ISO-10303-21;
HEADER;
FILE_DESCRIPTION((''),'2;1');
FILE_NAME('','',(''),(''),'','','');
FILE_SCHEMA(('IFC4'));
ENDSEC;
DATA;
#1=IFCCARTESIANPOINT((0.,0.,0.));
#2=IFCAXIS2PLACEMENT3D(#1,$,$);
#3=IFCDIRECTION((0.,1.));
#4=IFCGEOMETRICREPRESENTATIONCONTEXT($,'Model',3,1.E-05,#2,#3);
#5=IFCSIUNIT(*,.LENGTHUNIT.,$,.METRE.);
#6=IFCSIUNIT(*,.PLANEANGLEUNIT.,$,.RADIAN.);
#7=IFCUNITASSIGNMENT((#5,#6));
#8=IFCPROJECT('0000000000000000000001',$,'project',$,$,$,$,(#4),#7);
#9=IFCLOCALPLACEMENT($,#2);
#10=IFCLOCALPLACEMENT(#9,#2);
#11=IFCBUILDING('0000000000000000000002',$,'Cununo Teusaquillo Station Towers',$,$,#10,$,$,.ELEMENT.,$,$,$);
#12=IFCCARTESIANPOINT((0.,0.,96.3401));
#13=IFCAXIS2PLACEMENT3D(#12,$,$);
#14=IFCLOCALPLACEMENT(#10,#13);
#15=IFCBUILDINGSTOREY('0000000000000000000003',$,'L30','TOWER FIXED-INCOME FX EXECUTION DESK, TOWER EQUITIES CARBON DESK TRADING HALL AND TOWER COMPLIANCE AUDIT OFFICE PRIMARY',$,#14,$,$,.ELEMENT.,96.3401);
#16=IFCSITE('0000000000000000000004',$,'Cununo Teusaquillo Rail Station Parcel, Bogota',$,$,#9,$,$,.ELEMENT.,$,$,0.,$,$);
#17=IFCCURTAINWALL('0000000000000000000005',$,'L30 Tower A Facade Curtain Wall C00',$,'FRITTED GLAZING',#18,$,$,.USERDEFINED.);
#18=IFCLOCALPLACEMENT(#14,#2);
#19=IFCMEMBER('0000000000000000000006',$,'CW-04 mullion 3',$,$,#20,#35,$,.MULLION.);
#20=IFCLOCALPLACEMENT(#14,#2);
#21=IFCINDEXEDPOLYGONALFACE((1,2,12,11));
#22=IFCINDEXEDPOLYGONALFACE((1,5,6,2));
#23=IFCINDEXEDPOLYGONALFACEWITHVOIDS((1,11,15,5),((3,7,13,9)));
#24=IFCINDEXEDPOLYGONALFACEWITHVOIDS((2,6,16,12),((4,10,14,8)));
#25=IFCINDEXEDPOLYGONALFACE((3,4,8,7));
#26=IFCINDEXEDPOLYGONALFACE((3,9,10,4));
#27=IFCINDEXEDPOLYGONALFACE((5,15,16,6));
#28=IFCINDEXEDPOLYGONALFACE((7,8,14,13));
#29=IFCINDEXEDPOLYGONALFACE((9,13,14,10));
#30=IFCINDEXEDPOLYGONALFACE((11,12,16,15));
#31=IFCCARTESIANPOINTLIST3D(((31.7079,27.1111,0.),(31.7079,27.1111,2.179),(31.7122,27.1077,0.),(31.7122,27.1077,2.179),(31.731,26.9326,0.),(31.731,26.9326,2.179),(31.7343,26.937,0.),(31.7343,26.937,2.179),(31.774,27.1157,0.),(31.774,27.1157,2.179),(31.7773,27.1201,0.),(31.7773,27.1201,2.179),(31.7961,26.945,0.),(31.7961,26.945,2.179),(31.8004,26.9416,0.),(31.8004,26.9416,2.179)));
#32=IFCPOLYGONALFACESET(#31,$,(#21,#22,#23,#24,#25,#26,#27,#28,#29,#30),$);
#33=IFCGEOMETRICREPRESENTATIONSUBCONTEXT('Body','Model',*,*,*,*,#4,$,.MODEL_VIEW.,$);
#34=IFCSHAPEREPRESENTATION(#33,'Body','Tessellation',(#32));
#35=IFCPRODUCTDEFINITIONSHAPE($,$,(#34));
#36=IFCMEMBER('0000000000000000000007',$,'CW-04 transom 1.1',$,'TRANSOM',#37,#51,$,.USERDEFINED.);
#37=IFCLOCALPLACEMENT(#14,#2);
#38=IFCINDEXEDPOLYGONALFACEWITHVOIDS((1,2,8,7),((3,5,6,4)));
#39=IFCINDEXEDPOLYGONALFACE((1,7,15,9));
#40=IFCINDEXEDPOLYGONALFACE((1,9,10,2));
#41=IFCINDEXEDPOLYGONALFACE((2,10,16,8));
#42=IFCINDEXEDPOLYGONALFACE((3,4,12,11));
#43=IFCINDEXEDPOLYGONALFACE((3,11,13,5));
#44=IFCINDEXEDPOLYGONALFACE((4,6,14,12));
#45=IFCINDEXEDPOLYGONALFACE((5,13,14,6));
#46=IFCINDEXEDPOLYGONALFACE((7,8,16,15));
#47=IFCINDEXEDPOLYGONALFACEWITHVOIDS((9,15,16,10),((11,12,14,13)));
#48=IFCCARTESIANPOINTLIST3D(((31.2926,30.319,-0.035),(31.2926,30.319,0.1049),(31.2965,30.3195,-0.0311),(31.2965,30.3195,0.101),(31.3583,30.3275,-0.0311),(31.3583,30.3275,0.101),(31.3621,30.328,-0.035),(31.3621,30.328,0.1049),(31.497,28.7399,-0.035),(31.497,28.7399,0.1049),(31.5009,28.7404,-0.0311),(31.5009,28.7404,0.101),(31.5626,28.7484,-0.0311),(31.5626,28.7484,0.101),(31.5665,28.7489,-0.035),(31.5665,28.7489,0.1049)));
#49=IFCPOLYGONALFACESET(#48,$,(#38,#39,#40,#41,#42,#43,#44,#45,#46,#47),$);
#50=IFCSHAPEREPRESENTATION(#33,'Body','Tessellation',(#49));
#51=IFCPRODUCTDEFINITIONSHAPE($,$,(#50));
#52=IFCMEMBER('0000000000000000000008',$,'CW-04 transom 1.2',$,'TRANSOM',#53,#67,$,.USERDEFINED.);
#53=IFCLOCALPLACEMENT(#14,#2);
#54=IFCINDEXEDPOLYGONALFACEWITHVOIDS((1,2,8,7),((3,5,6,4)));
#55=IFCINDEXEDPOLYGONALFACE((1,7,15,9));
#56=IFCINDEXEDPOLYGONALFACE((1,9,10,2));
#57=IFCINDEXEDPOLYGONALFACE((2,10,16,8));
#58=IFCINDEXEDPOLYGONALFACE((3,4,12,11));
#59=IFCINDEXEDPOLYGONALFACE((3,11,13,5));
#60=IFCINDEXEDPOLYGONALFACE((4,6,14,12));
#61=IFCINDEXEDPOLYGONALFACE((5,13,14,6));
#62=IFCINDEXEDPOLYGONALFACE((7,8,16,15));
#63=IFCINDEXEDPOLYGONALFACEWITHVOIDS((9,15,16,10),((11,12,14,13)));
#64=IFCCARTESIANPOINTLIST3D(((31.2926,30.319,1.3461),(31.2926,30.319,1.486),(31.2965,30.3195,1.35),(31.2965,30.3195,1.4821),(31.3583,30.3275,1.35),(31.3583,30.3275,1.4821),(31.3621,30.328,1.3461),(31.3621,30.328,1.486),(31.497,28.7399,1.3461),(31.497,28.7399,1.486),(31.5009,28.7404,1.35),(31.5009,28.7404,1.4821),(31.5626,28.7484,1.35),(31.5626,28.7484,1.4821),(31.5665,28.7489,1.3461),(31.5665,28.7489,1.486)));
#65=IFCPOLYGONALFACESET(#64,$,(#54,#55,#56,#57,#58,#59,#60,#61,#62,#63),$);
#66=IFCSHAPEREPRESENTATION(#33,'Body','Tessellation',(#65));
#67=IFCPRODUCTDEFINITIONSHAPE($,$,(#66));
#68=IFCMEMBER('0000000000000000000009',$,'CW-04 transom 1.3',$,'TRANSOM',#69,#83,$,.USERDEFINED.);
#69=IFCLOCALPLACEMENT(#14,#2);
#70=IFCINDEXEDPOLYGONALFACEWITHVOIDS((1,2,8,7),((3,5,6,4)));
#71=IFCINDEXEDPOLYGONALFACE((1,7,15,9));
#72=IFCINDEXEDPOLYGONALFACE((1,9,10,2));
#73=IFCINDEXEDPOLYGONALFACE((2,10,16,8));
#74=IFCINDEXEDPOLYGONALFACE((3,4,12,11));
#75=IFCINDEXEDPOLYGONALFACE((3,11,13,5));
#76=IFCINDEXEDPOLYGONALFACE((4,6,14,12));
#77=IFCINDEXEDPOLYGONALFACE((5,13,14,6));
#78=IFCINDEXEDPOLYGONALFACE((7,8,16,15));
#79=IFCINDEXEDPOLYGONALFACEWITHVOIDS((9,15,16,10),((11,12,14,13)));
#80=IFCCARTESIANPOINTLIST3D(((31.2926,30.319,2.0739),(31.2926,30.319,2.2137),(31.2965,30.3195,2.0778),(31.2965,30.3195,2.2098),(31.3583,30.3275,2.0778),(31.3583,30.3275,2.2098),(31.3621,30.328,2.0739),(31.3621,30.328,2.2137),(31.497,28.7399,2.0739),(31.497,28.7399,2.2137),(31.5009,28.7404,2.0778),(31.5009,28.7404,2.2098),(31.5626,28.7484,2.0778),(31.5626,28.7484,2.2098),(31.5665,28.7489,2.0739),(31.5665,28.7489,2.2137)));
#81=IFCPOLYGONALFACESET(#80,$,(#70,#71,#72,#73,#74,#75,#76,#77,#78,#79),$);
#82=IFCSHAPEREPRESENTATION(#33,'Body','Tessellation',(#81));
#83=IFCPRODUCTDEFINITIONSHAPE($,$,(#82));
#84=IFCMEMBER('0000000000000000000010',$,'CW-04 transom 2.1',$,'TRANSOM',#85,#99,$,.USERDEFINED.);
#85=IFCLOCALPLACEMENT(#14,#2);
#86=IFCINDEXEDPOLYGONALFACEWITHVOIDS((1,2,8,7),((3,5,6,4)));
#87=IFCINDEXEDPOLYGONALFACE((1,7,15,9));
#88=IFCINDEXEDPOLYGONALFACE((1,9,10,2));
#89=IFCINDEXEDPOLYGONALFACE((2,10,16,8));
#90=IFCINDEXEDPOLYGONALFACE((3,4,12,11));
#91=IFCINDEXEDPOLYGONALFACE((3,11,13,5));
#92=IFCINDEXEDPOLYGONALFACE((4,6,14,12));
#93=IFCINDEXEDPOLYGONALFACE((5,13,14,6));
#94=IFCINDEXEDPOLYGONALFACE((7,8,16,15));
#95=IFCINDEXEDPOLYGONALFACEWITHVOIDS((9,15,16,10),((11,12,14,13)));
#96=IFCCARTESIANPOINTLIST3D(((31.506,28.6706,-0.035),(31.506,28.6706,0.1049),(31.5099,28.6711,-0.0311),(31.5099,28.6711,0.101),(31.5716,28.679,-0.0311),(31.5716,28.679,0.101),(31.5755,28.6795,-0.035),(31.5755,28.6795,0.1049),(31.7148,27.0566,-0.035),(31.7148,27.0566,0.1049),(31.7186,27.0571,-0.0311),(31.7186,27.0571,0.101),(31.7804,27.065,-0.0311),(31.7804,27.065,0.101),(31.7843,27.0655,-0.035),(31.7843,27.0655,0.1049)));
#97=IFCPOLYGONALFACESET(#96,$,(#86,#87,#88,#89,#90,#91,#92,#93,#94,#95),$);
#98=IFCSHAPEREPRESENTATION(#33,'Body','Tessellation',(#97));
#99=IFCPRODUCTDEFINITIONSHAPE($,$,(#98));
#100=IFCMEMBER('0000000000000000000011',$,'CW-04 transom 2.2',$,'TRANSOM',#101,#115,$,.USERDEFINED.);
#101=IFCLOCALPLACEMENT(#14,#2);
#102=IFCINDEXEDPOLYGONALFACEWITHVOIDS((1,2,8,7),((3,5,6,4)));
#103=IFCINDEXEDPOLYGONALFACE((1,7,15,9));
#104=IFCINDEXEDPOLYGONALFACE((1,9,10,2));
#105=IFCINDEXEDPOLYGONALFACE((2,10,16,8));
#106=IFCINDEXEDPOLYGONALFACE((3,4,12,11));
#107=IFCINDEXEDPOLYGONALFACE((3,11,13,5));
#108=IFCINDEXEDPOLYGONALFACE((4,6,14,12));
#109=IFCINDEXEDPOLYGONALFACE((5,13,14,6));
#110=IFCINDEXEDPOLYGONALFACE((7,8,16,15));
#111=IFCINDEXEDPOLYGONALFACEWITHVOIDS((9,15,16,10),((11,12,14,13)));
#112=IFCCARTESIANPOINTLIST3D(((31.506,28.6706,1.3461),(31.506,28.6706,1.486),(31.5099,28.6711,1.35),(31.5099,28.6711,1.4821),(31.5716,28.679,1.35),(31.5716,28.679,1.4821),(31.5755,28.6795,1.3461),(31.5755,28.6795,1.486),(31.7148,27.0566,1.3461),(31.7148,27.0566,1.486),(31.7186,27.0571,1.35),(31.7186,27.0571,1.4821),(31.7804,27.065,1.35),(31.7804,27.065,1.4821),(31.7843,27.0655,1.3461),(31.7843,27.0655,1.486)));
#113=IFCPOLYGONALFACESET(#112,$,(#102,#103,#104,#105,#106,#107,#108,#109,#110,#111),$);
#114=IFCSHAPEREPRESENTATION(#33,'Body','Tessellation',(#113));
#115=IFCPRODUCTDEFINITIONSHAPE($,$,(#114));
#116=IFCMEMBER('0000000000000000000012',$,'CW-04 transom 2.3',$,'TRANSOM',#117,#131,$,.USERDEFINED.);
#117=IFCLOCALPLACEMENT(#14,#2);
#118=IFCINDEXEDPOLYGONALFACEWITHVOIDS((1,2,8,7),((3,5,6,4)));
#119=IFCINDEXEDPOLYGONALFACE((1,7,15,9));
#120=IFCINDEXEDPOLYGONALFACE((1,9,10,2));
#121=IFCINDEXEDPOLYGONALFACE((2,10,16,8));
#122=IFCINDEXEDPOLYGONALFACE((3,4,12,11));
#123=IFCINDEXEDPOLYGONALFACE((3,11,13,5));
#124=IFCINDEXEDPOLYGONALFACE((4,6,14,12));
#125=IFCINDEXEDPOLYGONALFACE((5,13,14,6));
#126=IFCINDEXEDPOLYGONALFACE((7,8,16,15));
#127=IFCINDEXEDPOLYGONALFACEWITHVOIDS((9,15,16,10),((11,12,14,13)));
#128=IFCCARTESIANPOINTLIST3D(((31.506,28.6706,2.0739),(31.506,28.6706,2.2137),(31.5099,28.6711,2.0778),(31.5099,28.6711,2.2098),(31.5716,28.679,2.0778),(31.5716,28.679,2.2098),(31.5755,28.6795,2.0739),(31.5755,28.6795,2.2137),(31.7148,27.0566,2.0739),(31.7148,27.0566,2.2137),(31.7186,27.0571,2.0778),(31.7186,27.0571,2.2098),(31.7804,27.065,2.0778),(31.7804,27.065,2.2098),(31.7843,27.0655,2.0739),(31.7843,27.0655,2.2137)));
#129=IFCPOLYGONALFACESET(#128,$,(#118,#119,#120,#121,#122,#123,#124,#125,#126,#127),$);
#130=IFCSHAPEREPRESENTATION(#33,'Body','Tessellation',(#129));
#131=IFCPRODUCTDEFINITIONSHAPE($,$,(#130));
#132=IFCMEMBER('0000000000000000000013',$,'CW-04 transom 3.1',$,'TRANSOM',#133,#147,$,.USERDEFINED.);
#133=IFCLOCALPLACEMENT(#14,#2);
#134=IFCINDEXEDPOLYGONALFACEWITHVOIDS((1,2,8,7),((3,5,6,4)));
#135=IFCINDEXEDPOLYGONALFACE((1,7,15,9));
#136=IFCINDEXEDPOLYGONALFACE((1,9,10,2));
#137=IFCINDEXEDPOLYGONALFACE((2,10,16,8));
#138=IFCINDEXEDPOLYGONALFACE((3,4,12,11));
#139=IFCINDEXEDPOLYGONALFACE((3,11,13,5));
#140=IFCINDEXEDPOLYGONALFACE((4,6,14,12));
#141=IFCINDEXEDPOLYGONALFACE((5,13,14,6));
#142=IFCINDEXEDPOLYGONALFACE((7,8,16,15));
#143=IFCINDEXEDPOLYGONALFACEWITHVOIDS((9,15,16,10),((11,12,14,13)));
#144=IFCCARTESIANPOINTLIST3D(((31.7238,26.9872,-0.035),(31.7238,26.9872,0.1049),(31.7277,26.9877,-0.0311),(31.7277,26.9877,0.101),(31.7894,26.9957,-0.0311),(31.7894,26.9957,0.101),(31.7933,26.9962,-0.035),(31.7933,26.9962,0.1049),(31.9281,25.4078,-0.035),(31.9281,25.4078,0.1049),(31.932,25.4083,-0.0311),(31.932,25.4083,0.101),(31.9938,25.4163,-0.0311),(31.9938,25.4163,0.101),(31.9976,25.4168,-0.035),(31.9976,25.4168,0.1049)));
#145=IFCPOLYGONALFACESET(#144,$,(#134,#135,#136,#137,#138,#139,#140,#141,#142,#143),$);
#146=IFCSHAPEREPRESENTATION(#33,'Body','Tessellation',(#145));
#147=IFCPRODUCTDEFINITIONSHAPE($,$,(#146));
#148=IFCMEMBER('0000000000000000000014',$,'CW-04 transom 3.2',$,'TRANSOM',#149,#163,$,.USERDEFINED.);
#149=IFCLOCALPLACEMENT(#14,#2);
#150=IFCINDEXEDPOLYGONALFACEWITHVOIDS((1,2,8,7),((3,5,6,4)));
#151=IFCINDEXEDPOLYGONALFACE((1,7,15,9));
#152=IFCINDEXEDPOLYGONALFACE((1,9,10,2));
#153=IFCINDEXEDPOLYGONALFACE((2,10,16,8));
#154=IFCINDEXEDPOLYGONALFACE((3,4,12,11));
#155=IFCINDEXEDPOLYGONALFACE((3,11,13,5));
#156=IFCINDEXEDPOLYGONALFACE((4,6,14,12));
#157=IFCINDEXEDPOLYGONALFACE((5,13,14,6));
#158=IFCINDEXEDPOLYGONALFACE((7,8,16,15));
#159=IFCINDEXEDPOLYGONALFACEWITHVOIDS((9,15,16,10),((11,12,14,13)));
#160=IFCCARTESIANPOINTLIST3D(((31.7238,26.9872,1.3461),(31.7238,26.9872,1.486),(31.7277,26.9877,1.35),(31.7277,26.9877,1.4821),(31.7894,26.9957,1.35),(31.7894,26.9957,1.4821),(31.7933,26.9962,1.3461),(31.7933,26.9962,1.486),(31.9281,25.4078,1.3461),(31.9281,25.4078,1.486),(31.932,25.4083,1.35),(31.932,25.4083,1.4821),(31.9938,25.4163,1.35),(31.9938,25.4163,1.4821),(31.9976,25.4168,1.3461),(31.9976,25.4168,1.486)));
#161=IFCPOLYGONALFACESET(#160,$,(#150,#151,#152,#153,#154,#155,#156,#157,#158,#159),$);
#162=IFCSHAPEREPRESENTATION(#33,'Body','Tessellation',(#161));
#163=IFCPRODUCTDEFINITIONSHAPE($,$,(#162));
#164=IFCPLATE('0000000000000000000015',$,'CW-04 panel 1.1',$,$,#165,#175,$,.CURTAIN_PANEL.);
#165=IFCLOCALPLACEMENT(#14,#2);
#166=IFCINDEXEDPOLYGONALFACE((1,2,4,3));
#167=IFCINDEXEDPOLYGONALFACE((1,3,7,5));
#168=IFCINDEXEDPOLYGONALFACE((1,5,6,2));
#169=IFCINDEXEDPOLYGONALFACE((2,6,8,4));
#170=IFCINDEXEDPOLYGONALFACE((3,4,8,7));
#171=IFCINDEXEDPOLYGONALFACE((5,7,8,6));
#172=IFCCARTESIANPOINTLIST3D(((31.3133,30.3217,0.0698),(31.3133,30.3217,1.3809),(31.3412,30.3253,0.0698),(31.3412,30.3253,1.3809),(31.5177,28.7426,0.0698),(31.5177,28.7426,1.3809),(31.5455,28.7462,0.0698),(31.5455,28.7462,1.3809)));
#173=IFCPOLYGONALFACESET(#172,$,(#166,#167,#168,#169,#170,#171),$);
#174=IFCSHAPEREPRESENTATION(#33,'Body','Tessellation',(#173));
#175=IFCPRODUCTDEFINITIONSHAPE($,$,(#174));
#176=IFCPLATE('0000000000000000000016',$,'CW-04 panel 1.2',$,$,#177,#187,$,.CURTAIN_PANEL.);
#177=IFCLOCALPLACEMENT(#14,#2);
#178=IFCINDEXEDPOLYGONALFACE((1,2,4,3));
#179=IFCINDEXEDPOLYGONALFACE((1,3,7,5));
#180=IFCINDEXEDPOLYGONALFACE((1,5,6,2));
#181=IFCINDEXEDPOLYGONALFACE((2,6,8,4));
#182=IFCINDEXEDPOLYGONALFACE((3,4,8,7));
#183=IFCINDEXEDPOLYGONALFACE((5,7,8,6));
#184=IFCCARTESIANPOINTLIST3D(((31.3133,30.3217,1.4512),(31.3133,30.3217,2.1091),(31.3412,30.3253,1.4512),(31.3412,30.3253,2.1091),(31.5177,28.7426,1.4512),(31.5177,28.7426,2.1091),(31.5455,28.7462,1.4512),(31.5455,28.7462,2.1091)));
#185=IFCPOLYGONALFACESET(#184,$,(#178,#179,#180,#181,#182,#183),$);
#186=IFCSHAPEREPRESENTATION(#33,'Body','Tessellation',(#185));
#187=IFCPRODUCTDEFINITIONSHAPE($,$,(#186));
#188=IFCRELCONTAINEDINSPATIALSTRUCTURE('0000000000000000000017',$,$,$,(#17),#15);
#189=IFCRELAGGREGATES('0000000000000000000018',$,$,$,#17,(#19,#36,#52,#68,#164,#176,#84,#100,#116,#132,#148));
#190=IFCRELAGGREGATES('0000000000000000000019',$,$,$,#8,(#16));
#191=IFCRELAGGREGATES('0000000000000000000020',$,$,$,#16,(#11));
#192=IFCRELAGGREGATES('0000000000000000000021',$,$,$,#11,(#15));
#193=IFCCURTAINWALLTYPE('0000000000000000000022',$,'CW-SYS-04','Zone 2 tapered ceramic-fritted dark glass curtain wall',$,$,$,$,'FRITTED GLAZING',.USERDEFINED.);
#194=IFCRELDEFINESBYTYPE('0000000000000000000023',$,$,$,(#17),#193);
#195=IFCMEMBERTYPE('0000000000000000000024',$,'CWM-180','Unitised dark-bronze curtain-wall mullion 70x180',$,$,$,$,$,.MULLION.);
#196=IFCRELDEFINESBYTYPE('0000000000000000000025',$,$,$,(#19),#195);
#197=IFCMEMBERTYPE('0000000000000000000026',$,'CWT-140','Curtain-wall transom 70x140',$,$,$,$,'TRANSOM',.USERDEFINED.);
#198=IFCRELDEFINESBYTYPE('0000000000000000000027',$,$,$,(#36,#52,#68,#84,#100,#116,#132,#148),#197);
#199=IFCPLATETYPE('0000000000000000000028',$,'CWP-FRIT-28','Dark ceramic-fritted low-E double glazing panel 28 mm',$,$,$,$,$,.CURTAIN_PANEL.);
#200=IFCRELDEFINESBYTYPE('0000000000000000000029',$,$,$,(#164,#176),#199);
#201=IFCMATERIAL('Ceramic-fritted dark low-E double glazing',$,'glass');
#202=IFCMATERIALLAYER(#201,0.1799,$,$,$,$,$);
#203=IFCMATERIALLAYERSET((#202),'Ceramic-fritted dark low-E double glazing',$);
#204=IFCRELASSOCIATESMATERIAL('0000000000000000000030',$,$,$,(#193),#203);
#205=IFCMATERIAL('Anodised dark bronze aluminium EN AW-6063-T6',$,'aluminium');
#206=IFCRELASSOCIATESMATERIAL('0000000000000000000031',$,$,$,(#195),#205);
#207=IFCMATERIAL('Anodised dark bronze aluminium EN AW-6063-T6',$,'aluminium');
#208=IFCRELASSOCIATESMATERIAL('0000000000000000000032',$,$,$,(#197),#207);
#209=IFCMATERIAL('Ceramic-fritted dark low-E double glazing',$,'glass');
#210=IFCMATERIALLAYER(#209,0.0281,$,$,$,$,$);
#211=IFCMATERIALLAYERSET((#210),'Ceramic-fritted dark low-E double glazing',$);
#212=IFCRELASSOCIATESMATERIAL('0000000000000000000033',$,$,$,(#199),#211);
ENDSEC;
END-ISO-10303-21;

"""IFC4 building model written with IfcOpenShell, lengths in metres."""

from ifc_helpers import new_model, si_unit, direction, frame, origin, origin_2d, place, context, subcontext, project, spatial, rectangle, hollow_rectangle, extrude, source, transform, mapped, material, layer, layer_set, material_profile, profile_set, type_object, element, aggregate, save


model = new_model("IFC4")

# Units and contexts
model_context = context("Model", 3, precision=1e-05, world=origin(), true_north=direction((0.0, 1.0)))
body_context = subcontext(model_context, "Body", "Model", "MODEL_VIEW")
ifc_project = project(units=[si_unit("LENGTHUNIT", "METRE"), si_unit("PLANEANGLEUNIT", "RADIAN")], contexts=[model_context])

# Site, building, storey
site_placement = place(None, origin())
site = spatial("IfcSite", under=ifc_project, at=site_placement, Name="Cununo Teusaquillo Rail Station Parcel, Bogota", CompositionType="ELEMENT", RefElevation=0.0)
building_placement = place(site_placement, origin())
building = spatial("IfcBuilding", under=site, at=building_placement, Name="Cununo Teusaquillo Station Towers", CompositionType="ELEMENT")
storey_placement = place(building_placement, frame((0.0, 0.0, 96.3401)))
storey = spatial("IfcBuildingStorey", under=building, at=storey_placement, Name="L30", Description="TOWER FIXED-INCOME FX EXECUTION DESK, TOWER EQUITIES CARBON DESK TRADING HALL AND TOWER COMPLIANCE AUDIT OFFICE PRIMARY", CompositionType="ELEMENT", Elevation=96.3401)

# Curtain wall, members, plates
ifc_material_1 = material(Name="Ceramic-fritted dark low-E double glazing", Category="glass")
ifc_layer_1 = layer(ifc_material_1, 0.1799)
ifc_layer_set_1 = layer_set([ifc_layer_1], Name="Ceramic-fritted dark low-E double glazing")
curtain_wall_type = type_object("IfcCurtainWallType", Name="CW-SYS-04", Description="Zone 2 tapered ceramic-fritted dark glass curtain wall", ElementType="FRITTED GLAZING", PredefinedType="USERDEFINED", material=ifc_layer_set_1)
curtain_wall_placement = place(storey_placement, origin())
curtain_wall = element("IfcCurtainWall", 1, at=curtain_wall_placement, inside=storey, type_object=curtain_wall_type, Name="L30 Tower A Facade Curtain Wall C00", ObjectType="FRITTED GLAZING", PredefinedType="USERDEFINED")
ifc_material_2 = material(Name="Anodised dark bronze aluminium EN AW-6063-T6", Category="aluminium")
ifc_material_profile_1 = material_profile(ifc_material_2, hollow_rectangle(XDim=0.0701, YDim=0.1799, WallThickness=0.0039, at=origin_2d()), Name="CW-MULL-70x180")
ifc_profile_set_1 = profile_set([ifc_material_profile_1], Name="Anodised dark bronze aluminium EN AW-6063-T6")
member_type_1 = type_object("IfcMemberType", Name="CWM-180", Description="Unitised dark-bronze curtain-wall mullion 70x180", PredefinedType="MULLION", material=ifc_profile_set_1)
member_1_placement = place(storey_placement, frame((31.7542, 27.0264, 0.0), z_axis=(0.0, 0.0, 1.0), x_axis=(0.991731, 0.128336, 0.0)))
member_1 = element("IfcMember", 2, at=member_1_placement, type_object=member_type_1, Name="CW-04 mullion 3", PredefinedType="MULLION", context=body_context, shape_type="SweptSolid", body=[
    extrude(hollow_rectangle(XDim=0.0701, YDim=0.1799, WallThickness=0.0039, at=origin_2d()), origin(), (0.0, 0.0, 1.0), 2.179),
])
ifc_material_3 = material(Name="Anodised dark bronze aluminium EN AW-6063-T6", Category="aluminium")
ifc_material_profile_2 = material_profile(ifc_material_3, hollow_rectangle(XDim=0.0701, YDim=0.1399, WallThickness=0.0039, at=origin_2d()), Name="CW-TRAN-70x140")
ifc_profile_set_2 = profile_set([ifc_material_profile_2], Name="Anodised dark bronze aluminium EN AW-6063-T6")
member_type_2 = type_object("IfcMemberType", Name="CWT-140", Description="Curtain-wall transom 70x140", ElementType="TRANSOM", PredefinedType="USERDEFINED", material=ifc_profile_set_2)
member_2_placement = place(storey_placement, frame((31.3274, 30.3235, 0.0349), z_axis=(0.128336, -0.991731, 0.0), x_axis=(0.991731, 0.128336, 0.0)))
member_2 = element("IfcMember", 3, at=member_2_placement, type_object=member_type_2, Name="CW-04 transom 1.1", ObjectType="TRANSOM", PredefinedType="USERDEFINED", context=body_context, shape_type="SweptSolid", body=[
    extrude(hollow_rectangle(XDim=0.0701, YDim=0.1399, WallThickness=0.0039, at=origin_2d()), origin(), (0.0, 0.0, 1.0), 1.5923),
])
member_3_placement = place(storey_placement, frame((31.3274, 30.3235, 1.416), z_axis=(0.128336, -0.991731, 0.0), x_axis=(0.991731, 0.128336, 0.0)))
member_3 = element("IfcMember", 4, at=member_3_placement, type_object=member_type_2, Name="CW-04 transom 1.2", ObjectType="TRANSOM", PredefinedType="USERDEFINED", context=body_context, shape_type="SweptSolid", body=[
    extrude(hollow_rectangle(XDim=0.0701, YDim=0.1399, WallThickness=0.0039, at=origin_2d()), origin(), (0.0, 0.0, 1.0), 1.5923),
])
member_4_placement = place(storey_placement, frame((31.3274, 30.3235, 2.1438), z_axis=(0.128336, -0.991731, 0.0), x_axis=(0.991731, 0.128336, 0.0)))
member_4 = element("IfcMember", 5, at=member_4_placement, type_object=member_type_2, Name="CW-04 transom 1.3", ObjectType="TRANSOM", PredefinedType="USERDEFINED", context=body_context, shape_type="SweptSolid", body=[
    extrude(hollow_rectangle(XDim=0.0701, YDim=0.1399, WallThickness=0.0039, at=origin_2d()), origin(), (0.0, 0.0, 1.0), 1.5923),
])
member_5_placement = place(storey_placement, frame((31.5408, 28.675, 0.0349), z_axis=(0.128262, -0.99174, 0.0), x_axis=(0.99174, 0.128262, 0.0)))
member_5 = element("IfcMember", 6, at=member_5_placement, type_object=member_type_2, Name="CW-04 transom 2.1", ObjectType="TRANSOM", PredefinedType="USERDEFINED", context=body_context, shape_type="SweptSolid", body=[
    extrude(hollow_rectangle(XDim=0.0701, YDim=0.1399, WallThickness=0.0039, at=origin_2d()), origin(), (0.0, 0.0, 1.0), 1.6274),
])
member_6_placement = place(storey_placement, frame((31.5408, 28.675, 1.416), z_axis=(0.128262, -0.99174, 0.0), x_axis=(0.99174, 0.128262, 0.0)))
member_6 = element("IfcMember", 7, at=member_6_placement, type_object=member_type_2, Name="CW-04 transom 2.2", ObjectType="TRANSOM", PredefinedType="USERDEFINED", context=body_context, shape_type="SweptSolid", body=[
    extrude(hollow_rectangle(XDim=0.0701, YDim=0.1399, WallThickness=0.0039, at=origin_2d()), origin(), (0.0, 0.0, 1.0), 1.6274),
])
member_7_placement = place(storey_placement, frame((31.5408, 28.675, 2.1438), z_axis=(0.128262, -0.99174, 0.0), x_axis=(0.99174, 0.128262, 0.0)))
member_7 = element("IfcMember", 8, at=member_7_placement, type_object=member_type_2, Name="CW-04 transom 2.3", ObjectType="TRANSOM", PredefinedType="USERDEFINED", context=body_context, shape_type="SweptSolid", body=[
    extrude(hollow_rectangle(XDim=0.0701, YDim=0.1399, WallThickness=0.0039, at=origin_2d()), origin(), (0.0, 0.0, 1.0), 1.6274),
])
member_8_placement = place(storey_placement, frame((31.7585, 26.9917, 0.0349), z_axis=(0.128317, -0.991733, 0.0), x_axis=(0.991733, 0.128317, 0.0)))
member_8 = element("IfcMember", 9, at=member_8_placement, type_object=member_type_2, Name="CW-04 transom 3.1", ObjectType="TRANSOM", PredefinedType="USERDEFINED", context=body_context, shape_type="SweptSolid", body=[
    extrude(hollow_rectangle(XDim=0.0701, YDim=0.1399, WallThickness=0.0039, at=origin_2d()), origin(), (0.0, 0.0, 1.0), 1.5925),
])
member_9_placement = place(storey_placement, frame((31.7585, 26.9917, 1.416), z_axis=(0.128317, -0.991733, 0.0), x_axis=(0.991733, 0.128317, 0.0)))
member_9 = element("IfcMember", 10, at=member_9_placement, type_object=member_type_2, Name="CW-04 transom 3.2", ObjectType="TRANSOM", PredefinedType="USERDEFINED", context=body_context, shape_type="SweptSolid", body=[
    extrude(hollow_rectangle(XDim=0.0701, YDim=0.1399, WallThickness=0.0039, at=origin_2d()), origin(), (0.0, 0.0, 1.0), 1.5925),
])
ifc_material_4 = material(Name="Ceramic-fritted dark low-E double glazing", Category="glass")
ifc_layer_2 = layer(ifc_material_4, 0.0281)
ifc_layer_set_2 = layer_set([ifc_layer_2], Name="Ceramic-fritted dark low-E double glazing")
plate_type = type_object("IfcPlateType", Name="CWP-FRIT-28", Description="Dark ceramic-fritted low-E double glazing panel 28 mm", PredefinedType="CURTAIN_PANEL", material=ifc_layer_set_2)
shared_shape_1 = source(origin(), body_context, "Body", "SweptSolid", [
    extrude(rectangle(XDim=1.5923, YDim=0.0281, at=origin_2d()), origin(), (0.0, 0.0, 1.0), 1.311),
])
plate_1_placement = place(storey_placement, frame((31.4294, 29.5339, 0.0698), z_axis=(0.0, 0.0, 1.0), x_axis=(0.128336, -0.991731, 0.0)))
plate_1 = element("IfcPlate", 11, at=plate_1_placement, type_object=plate_type, Name="CW-04 panel 1.1", PredefinedType="CURTAIN_PANEL", context=body_context, shape_type="MappedRepresentation", body=[
    mapped(shared_shape_1, transform((0.0, 0.0, 0.0), x_axis=(1.0, 0.0, 0.0), y_axis=(0.0, 1.0, 0.0), z_axis=(0.0, 0.0, 1.0), scale=1.0)),
])
shared_shape_2 = source(origin(), body_context, "Body", "SweptSolid", [
    extrude(rectangle(XDim=1.5923, YDim=0.0281, at=origin_2d()), origin(), (0.0, 0.0, 1.0), 0.658),
])
plate_2_placement = place(storey_placement, frame((31.4294, 29.5339, 1.4512), z_axis=(0.0, 0.0, 1.0), x_axis=(0.128336, -0.991731, 0.0)))
plate_2 = element("IfcPlate", 12, at=plate_2_placement, type_object=plate_type, Name="CW-04 panel 1.2", PredefinedType="CURTAIN_PANEL", context=body_context, shape_type="MappedRepresentation", body=[
    mapped(shared_shape_2, transform((0.0, 0.0, 0.0), x_axis=(1.0, 0.0, 0.0), y_axis=(0.0, 1.0, 0.0), z_axis=(0.0, 0.0, 1.0), scale=1.0)),
])
aggregate(curtain_wall, [member_1, member_2, member_3, member_4, plate_1, plate_2, member_5, member_6, member_7, member_8, member_9])

save(model, "model.ifc")
